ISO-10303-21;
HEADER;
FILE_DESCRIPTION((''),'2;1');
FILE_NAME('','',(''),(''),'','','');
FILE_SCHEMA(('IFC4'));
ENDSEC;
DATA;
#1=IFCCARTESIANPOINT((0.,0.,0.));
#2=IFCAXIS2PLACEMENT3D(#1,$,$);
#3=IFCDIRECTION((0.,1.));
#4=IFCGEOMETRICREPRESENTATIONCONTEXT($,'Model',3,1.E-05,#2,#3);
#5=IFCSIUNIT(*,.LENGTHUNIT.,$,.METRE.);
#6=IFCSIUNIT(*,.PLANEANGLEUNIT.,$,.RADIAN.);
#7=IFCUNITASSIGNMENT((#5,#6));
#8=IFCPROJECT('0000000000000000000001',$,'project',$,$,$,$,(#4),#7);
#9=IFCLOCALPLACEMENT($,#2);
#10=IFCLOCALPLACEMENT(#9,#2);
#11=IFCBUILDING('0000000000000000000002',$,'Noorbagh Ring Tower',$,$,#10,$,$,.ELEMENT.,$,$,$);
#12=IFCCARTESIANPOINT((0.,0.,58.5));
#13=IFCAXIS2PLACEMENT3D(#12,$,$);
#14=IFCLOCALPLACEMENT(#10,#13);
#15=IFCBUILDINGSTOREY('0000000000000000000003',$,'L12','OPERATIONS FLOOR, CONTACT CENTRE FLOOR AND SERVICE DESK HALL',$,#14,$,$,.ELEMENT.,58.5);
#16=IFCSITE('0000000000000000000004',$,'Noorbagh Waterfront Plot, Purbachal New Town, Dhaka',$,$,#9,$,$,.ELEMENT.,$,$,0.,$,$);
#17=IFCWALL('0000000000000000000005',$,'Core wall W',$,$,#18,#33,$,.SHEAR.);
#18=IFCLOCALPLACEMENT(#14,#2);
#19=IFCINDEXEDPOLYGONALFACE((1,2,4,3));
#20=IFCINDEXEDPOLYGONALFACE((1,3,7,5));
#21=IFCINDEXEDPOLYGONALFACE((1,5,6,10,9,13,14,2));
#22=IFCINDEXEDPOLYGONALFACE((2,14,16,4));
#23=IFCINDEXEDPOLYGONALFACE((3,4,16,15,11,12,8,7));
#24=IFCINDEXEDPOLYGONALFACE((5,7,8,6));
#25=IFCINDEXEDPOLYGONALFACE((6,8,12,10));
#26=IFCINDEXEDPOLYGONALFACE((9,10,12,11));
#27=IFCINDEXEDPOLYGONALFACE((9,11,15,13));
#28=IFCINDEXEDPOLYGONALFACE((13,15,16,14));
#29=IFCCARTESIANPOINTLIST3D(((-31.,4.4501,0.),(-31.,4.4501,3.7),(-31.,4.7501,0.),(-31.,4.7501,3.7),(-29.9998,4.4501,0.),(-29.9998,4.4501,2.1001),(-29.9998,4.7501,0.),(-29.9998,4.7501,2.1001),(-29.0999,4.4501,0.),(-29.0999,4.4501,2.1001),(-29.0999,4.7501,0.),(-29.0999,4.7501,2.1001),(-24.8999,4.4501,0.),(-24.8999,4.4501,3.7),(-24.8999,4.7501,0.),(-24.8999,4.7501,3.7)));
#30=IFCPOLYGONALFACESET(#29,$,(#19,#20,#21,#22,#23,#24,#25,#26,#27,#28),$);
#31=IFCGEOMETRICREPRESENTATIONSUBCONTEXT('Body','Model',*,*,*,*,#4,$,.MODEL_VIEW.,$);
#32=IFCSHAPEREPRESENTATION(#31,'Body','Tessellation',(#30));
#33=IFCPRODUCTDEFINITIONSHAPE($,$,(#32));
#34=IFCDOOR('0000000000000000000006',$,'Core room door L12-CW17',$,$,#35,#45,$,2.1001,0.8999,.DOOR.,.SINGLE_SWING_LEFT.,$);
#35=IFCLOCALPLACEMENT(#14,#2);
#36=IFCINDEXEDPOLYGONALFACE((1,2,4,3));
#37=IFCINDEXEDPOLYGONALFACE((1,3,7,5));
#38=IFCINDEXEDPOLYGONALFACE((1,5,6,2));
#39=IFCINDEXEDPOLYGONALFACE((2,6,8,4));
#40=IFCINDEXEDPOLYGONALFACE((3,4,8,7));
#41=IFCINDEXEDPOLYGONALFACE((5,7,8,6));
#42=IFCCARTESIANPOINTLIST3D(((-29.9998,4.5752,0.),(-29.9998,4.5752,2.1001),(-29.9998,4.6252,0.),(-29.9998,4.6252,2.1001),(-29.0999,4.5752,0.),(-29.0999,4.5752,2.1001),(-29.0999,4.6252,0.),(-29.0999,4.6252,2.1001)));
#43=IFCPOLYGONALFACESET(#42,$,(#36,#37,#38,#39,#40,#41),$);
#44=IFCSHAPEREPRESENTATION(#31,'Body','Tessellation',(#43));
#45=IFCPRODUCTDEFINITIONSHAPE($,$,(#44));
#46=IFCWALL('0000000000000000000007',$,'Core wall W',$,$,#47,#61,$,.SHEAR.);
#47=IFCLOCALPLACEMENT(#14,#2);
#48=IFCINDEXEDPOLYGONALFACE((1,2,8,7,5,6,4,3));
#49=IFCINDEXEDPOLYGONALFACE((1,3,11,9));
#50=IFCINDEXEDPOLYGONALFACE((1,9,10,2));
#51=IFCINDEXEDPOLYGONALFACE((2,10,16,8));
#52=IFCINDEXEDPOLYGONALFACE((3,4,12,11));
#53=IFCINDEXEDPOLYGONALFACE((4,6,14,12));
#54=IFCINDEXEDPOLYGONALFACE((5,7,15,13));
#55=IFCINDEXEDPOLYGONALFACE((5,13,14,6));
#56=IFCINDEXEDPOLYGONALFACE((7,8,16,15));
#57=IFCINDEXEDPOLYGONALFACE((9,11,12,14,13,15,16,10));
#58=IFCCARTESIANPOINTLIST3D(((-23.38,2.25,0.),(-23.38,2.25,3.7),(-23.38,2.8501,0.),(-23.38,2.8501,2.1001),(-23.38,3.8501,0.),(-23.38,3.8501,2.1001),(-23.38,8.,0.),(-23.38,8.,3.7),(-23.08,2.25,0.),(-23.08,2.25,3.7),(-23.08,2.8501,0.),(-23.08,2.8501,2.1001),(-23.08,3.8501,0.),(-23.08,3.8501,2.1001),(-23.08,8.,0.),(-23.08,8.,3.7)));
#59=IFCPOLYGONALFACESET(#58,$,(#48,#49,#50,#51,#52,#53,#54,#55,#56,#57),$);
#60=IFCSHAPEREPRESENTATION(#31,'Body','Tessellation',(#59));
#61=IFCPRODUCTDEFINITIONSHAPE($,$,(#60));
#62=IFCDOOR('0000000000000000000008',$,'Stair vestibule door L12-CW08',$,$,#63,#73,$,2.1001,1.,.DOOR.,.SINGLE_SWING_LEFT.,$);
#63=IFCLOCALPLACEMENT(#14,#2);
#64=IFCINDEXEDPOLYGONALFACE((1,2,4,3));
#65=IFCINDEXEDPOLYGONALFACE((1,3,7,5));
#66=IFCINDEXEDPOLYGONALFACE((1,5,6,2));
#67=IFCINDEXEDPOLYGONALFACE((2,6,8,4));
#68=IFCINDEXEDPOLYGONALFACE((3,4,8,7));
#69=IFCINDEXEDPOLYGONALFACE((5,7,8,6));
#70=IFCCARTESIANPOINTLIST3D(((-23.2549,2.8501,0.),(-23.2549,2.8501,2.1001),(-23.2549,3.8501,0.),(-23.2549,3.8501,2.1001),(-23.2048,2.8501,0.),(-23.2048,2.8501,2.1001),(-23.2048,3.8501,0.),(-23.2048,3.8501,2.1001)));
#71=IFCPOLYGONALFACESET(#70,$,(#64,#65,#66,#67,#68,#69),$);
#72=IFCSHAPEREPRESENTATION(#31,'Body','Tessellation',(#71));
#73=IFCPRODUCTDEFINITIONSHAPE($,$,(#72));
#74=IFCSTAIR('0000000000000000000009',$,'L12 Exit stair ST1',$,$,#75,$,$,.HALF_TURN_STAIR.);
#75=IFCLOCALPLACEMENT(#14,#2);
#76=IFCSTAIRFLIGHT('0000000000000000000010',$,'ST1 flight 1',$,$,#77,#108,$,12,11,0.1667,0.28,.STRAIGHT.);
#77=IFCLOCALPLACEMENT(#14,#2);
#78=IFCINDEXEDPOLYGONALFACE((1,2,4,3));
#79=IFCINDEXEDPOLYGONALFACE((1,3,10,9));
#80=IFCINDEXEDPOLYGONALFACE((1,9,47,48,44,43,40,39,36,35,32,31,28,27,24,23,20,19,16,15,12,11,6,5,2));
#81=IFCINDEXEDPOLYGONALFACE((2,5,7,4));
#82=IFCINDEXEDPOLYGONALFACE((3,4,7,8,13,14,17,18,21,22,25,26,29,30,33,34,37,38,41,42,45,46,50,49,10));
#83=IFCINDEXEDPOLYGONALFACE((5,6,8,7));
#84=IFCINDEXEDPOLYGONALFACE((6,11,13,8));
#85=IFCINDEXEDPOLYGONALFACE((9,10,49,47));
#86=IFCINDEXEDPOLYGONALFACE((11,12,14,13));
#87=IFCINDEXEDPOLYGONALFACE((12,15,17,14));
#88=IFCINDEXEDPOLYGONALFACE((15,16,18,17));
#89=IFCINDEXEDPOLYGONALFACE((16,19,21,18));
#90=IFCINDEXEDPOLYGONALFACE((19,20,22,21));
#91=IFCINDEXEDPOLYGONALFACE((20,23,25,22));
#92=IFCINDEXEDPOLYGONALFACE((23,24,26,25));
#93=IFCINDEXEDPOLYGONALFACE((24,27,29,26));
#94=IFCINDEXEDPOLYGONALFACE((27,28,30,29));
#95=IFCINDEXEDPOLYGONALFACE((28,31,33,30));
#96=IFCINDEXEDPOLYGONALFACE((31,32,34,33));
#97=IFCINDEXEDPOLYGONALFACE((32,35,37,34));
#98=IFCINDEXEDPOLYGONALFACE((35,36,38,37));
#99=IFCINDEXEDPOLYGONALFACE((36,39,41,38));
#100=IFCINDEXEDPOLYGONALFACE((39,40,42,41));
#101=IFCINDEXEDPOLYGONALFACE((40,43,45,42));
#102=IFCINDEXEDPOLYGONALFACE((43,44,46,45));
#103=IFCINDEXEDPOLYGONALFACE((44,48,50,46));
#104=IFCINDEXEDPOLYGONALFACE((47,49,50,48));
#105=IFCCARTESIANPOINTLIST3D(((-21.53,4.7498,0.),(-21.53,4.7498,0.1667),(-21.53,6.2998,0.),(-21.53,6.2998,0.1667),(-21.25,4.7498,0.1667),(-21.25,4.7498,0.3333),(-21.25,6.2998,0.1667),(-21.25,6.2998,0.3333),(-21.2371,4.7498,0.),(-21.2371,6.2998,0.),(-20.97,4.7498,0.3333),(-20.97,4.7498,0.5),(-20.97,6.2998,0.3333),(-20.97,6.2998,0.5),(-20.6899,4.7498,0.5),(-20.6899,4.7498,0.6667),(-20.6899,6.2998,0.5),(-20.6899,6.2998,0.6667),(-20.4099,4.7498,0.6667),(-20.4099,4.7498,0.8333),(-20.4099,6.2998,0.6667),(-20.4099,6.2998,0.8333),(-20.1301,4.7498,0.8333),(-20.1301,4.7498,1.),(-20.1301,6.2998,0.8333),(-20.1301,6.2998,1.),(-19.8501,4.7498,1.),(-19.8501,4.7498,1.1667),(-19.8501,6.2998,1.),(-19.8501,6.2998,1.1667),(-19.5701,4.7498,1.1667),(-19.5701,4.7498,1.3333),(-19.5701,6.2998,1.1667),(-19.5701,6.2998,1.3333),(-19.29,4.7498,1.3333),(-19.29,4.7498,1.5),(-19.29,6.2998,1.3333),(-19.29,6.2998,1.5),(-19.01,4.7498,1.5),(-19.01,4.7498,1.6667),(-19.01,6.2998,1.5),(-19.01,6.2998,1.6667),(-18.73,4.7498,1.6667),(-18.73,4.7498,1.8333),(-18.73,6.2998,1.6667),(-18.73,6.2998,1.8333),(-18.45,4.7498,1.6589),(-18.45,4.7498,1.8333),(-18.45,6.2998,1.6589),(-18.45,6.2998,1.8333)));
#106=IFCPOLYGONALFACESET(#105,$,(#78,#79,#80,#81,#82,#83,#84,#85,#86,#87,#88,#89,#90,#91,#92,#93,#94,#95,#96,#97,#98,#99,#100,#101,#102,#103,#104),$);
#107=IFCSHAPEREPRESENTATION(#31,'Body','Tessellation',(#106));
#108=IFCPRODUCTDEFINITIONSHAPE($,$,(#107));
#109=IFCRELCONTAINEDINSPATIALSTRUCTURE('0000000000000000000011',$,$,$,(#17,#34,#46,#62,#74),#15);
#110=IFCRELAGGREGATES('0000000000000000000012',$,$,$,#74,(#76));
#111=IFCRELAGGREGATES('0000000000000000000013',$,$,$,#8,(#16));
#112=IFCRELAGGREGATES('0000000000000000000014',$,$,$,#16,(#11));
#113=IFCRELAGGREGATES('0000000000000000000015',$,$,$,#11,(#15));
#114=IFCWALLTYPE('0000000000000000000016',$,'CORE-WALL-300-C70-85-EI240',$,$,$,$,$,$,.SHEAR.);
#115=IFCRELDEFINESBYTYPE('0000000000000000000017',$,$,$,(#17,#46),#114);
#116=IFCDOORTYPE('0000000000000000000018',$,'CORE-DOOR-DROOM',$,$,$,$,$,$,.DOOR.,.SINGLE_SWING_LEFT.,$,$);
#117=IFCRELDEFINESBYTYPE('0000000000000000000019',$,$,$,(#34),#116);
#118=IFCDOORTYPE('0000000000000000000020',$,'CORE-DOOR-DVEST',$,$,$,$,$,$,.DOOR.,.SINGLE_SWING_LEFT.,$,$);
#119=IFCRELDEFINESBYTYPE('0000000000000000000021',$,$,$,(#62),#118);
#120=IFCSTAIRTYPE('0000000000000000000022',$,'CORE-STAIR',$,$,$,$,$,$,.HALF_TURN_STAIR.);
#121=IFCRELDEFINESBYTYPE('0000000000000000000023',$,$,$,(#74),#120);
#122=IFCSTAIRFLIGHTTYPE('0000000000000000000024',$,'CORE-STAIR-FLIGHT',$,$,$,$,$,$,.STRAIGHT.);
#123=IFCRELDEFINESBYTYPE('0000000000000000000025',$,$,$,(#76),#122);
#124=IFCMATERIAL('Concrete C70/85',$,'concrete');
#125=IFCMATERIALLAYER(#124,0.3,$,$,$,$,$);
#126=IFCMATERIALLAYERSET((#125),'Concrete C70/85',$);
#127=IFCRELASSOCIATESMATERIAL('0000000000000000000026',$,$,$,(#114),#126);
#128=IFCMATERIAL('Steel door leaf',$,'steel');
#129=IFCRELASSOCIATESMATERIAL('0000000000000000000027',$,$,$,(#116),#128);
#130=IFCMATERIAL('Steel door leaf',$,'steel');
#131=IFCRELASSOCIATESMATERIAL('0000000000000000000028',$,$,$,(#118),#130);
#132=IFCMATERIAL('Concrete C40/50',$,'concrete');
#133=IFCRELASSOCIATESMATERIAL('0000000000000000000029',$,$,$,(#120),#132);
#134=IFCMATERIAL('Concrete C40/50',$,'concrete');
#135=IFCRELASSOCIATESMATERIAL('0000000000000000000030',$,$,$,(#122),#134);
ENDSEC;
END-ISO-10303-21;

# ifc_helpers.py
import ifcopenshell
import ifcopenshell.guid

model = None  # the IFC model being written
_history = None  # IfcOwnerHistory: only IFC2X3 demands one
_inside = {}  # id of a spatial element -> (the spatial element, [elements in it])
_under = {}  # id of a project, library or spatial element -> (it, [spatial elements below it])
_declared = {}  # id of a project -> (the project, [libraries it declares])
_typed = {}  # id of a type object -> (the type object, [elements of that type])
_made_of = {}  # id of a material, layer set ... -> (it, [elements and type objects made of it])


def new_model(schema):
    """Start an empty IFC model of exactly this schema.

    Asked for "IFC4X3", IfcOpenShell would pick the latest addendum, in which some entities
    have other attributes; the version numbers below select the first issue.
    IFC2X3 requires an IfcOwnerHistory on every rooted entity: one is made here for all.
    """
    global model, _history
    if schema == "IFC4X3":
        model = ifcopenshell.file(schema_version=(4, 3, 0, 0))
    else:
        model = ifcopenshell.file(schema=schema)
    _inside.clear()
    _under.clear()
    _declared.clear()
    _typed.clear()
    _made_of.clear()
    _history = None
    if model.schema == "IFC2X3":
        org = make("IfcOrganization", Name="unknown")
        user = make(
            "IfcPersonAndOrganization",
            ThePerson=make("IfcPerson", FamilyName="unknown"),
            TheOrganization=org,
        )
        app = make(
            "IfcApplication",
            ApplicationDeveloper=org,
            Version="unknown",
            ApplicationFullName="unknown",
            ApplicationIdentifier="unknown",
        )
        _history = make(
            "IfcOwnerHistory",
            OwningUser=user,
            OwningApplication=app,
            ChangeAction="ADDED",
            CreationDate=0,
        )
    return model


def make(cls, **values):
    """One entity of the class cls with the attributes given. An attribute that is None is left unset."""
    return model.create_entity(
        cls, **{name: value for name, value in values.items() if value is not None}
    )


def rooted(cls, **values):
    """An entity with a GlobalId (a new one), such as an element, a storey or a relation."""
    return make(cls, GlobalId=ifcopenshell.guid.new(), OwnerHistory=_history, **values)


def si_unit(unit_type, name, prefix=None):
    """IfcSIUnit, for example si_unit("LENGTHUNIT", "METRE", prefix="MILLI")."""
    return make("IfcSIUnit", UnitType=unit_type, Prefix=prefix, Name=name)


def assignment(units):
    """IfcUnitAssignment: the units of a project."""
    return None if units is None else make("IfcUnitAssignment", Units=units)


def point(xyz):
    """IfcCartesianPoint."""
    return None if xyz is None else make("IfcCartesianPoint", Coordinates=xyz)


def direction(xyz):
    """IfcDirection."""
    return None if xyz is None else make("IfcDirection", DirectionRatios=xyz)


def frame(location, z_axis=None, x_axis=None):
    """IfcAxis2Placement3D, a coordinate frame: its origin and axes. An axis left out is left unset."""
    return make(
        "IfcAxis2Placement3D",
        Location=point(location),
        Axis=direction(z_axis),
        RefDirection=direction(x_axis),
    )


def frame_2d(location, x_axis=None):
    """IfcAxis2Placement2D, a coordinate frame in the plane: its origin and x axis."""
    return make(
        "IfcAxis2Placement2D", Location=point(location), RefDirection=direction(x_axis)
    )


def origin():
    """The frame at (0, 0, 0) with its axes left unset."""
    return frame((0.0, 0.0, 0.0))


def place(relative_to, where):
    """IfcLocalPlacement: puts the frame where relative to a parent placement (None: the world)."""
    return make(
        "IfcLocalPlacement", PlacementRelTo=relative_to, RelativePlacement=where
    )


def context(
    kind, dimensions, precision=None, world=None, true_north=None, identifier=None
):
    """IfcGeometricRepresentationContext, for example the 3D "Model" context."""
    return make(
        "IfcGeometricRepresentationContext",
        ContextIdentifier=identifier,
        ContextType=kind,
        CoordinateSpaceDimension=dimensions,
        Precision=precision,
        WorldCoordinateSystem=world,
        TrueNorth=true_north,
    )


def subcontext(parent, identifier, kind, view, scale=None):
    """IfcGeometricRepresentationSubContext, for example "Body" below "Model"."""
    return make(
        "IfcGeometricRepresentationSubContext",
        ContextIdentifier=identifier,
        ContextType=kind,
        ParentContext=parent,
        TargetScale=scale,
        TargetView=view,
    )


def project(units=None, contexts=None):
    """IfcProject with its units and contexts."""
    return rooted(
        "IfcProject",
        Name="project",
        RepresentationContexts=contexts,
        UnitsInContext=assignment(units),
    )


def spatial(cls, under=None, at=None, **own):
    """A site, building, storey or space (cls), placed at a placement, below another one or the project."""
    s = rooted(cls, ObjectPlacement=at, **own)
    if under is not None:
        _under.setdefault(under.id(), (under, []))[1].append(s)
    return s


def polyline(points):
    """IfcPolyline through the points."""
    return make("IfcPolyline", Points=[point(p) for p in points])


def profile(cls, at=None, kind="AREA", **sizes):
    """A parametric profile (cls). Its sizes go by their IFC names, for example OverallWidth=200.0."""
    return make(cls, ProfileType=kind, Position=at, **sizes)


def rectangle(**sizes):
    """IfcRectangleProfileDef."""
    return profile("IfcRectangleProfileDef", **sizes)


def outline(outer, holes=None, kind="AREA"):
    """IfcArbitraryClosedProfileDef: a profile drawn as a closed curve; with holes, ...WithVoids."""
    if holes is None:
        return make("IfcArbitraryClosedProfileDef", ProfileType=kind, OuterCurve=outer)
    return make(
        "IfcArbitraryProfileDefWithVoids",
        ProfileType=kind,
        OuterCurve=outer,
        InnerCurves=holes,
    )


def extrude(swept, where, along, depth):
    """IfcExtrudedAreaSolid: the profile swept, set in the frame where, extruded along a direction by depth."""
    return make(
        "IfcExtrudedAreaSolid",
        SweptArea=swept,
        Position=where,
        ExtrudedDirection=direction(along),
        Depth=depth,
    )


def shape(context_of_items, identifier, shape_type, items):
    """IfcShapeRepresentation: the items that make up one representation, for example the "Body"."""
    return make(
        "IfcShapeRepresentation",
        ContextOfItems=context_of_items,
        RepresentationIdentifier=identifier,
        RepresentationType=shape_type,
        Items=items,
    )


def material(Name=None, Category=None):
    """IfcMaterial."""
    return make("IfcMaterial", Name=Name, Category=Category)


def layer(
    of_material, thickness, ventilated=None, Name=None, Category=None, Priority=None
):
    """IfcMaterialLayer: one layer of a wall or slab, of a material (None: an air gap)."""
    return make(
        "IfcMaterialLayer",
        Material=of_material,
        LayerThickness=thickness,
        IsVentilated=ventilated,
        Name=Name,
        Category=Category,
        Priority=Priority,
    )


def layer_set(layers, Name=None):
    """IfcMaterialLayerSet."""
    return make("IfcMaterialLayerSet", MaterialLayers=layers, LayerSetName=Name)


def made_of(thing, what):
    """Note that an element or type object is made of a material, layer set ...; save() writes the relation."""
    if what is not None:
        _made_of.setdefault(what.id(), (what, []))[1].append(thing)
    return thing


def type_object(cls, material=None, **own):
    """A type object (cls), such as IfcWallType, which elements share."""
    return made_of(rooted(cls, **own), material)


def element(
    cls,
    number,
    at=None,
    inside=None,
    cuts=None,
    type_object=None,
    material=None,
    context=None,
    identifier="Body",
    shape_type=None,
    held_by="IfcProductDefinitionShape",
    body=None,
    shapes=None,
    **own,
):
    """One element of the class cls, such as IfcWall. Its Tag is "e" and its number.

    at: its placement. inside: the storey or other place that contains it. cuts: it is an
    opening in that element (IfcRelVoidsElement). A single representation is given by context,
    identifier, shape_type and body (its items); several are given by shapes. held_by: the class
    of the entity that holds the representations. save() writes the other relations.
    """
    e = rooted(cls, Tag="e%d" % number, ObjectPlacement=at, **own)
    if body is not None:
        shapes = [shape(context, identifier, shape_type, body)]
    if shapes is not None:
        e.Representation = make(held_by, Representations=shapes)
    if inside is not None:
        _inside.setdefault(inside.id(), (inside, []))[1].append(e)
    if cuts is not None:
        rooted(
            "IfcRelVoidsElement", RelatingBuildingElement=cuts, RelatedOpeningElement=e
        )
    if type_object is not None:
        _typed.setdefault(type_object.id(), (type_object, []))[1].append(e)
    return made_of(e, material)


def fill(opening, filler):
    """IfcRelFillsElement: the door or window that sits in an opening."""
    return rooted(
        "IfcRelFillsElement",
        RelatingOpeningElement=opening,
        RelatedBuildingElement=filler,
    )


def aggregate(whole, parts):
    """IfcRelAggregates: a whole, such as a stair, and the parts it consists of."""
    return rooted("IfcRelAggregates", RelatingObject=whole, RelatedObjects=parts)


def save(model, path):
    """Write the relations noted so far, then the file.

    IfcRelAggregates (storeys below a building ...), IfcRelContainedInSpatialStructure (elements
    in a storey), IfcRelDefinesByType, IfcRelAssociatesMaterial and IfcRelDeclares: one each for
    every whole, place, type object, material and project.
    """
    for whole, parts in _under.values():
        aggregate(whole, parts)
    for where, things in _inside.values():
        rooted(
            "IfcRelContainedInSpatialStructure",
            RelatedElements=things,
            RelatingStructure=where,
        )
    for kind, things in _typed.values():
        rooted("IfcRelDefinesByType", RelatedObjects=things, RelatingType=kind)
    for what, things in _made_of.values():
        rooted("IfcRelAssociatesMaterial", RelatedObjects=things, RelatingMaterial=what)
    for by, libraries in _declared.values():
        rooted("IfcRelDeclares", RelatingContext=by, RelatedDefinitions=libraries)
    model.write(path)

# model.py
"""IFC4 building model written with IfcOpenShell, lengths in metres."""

from ifc_helpers import new_model, si_unit, direction, frame, frame_2d, origin, place, context, subcontext, project, spatial, polyline, rectangle, outline, extrude, material, layer, layer_set, type_object, element, fill, aggregate, save


model = new_model("IFC4")

# Units and contexts
model_context = context("Model", 3, precision=1e-05, world=origin(), true_north=direction((0.0, 1.0)))
body_context = subcontext(model_context, "Body", "Model", "MODEL_VIEW")
ifc_project = project(units=[si_unit("LENGTHUNIT", "METRE"), si_unit("PLANEANGLEUNIT", "RADIAN")], contexts=[model_context])

# Site, building, storey
site_placement = place(None, origin())
site = spatial("IfcSite", under=ifc_project, at=site_placement, Name="Noorbagh Waterfront Plot, Purbachal New Town, Dhaka", CompositionType="ELEMENT", RefElevation=0.0)
building_placement = place(site_placement, origin())
building = spatial("IfcBuilding", under=site, at=building_placement, Name="Noorbagh Ring Tower", CompositionType="ELEMENT")
storey_placement = place(building_placement, frame((0.0, 0.0, 58.5)))
storey = spatial("IfcBuildingStorey", under=building, at=storey_placement, Name="L12", Description="OPERATIONS FLOOR, CONTACT CENTRE FLOOR AND SERVICE DESK HALL", CompositionType="ELEMENT", Elevation=58.5)

# Walls, openings, doors
ifc_material_1 = material(Name="Concrete C70/85", Category="concrete")
ifc_layer_1 = layer(ifc_material_1, 0.3)
ifc_layer_set_1 = layer_set([ifc_layer_1], Name="Concrete C70/85")
wall_type_1 = type_object("IfcWallType", Name="CORE-WALL-300-C70-85-EI240", PredefinedType="SHEAR", material=ifc_layer_set_1)
wall_1_placement = place(storey_placement, frame((-24.8999, 4.6001, 0.0), z_axis=(0.0, 0.0, 1.0), x_axis=(-1.0, 0.0, 0.0)))
wall_1 = element("IfcWall", 1, at=wall_1_placement, inside=storey, type_object=wall_type_1, Name="Core wall W", PredefinedType="SHEAR", context=body_context, shape_type="SweptSolid", body=[
    extrude(rectangle(XDim=6.1001, YDim=0.3, at=frame_2d((3.05, 0.0))), origin(), (0.0, 0.0, 1.0), 3.7),
])
opening_1_placement = place(wall_1_placement, frame((4.2, 0.0, 0.0)))
opening_1 = element("IfcOpeningElement", 2, at=opening_1_placement, cuts=wall_1, PredefinedType="OPENING", context=body_context, shape_type="SweptSolid", body=[
    extrude(rectangle(XDim=0.8999, YDim=2.1001, at=frame_2d((0.45, 1.05))), frame((0.0, 0.1602, 0.0), z_axis=(0.0, -1.0, 0.0), x_axis=(1.0, 0.0, 0.0)), (0.0, 0.0, 1.0), 0.3201),
])
ifc_material_2 = material(Name="Steel door leaf", Category="steel")
door_type_1 = type_object("IfcDoorType", Name="CORE-DOOR-DROOM", OperationType="SINGLE_SWING_LEFT", PredefinedType="DOOR", material=ifc_material_2)
door_1_placement = place(opening_1_placement, origin())
door_1 = element("IfcDoor", 3, at=door_1_placement, inside=storey, type_object=door_type_1, Name="Core room door L12-CW17", OperationType="SINGLE_SWING_LEFT", OverallHeight=2.1001, OverallWidth=0.8999, PredefinedType="DOOR", context=body_context, shape_type="SweptSolid", body=[
    extrude(rectangle(XDim=0.8999, YDim=2.1001, at=frame_2d((0.45, 1.05))), frame((0.0, 0.0249, 0.0), z_axis=(0.0, -1.0, 0.0), x_axis=(1.0, 0.0, 0.0)), (0.0, 0.0, 1.0), 0.05),
])
fill(opening_1, door_1)
wall_2_placement = place(storey_placement, frame((-23.23, 2.25, 0.0), z_axis=(0.0, 0.0, 1.0), x_axis=(0.0, 1.0, 0.0)))
wall_2 = element("IfcWall", 4, at=wall_2_placement, inside=storey, type_object=wall_type_1, Name="Core wall W", PredefinedType="SHEAR", context=body_context, shape_type="SweptSolid", body=[
    extrude(rectangle(XDim=5.75, YDim=0.3, at=frame_2d((2.875, 0.0))), origin(), (0.0, 0.0, 1.0), 3.7),
])
opening_2_placement = place(wall_2_placement, frame((0.6001, 0.0, 0.0)))
opening_2 = element("IfcOpeningElement", 5, at=opening_2_placement, cuts=wall_2, PredefinedType="OPENING", context=body_context, shape_type="SweptSolid", body=[
    extrude(rectangle(XDim=1.0, YDim=2.1001, at=frame_2d((0.5, 1.05))), frame((0.0, 0.1602, 0.0), z_axis=(0.0, -1.0, 0.0), x_axis=(1.0, 0.0, 0.0)), (0.0, 0.0, 1.0), 0.3201),
])
ifc_material_3 = material(Name="Steel door leaf", Category="steel")
door_type_2 = type_object("IfcDoorType", Name="CORE-DOOR-DVEST", OperationType="SINGLE_SWING_LEFT", PredefinedType="DOOR", material=ifc_material_3)
door_2_placement = place(opening_2_placement, origin())
door_2 = element("IfcDoor", 6, at=door_2_placement, inside=storey, type_object=door_type_2, Name="Stair vestibule door L12-CW08", OperationType="SINGLE_SWING_LEFT", OverallHeight=2.1001, OverallWidth=1.0, PredefinedType="DOOR", context=body_context, shape_type="SweptSolid", body=[
    extrude(rectangle(XDim=1.0, YDim=2.1001, at=frame_2d((0.5, 1.05))), frame((0.0, 0.0249, 0.0), z_axis=(0.0, -1.0, 0.0), x_axis=(1.0, 0.0, 0.0)), (0.0, 0.0, 1.0), 0.05),
])
fill(opening_2, door_2)

# Stair, stair flight
ifc_material_4 = material(Name="Concrete C40/50", Category="concrete")
stair_type = type_object("IfcStairType", Name="CORE-STAIR", PredefinedType="HALF_TURN_STAIR", material=ifc_material_4)
stair_placement = place(storey_placement, origin())
stair = element("IfcStair", 7, at=stair_placement, inside=storey, type_object=stair_type, Name="L12 Exit stair ST1", PredefinedType="HALF_TURN_STAIR")
ifc_material_5 = material(Name="Concrete C40/50", Category="concrete")
stair_flight_type = type_object("IfcStairFlightType", Name="CORE-STAIR-FLIGHT", PredefinedType="STRAIGHT", material=ifc_material_5)
stair_flight_placement = place(storey_placement, frame((-21.53, 5.5249, 0.0), z_axis=(0.0, 0.0, 1.0), x_axis=(1.0, 0.0, 0.0)))
stair_flight = element("IfcStairFlight", 8, at=stair_flight_placement, type_object=stair_flight_type, Name="ST1 flight 1", NumberOfRisers=12, NumberOfTreads=11, PredefinedType="STRAIGHT", RiserHeight=0.1667, TreadLength=0.28, context=body_context, shape_type="SweptSolid", body=[
    extrude(outline(polyline([(0.0, 0.0), (0.0, 0.1667), (0.28, 0.1667), (0.28, 0.3333), (0.5601, 0.3333), (0.5601, 0.5), (0.8401, 0.5), (0.8401, 0.6667), (1.1201, 0.6667), (1.1201, 0.8333), (1.3999, 0.8333), (1.3999, 1.0), (1.6799, 1.0), (1.6799, 1.1667), (1.96, 1.1667), (1.96, 1.3333), (2.24, 1.3333), (2.24, 1.5), (2.52, 1.5), (2.52, 1.6667), (2.8, 1.6667), (2.8, 1.8333), (3.0801, 1.8333), (3.0801, 2.0), (3.0801, 1.6589), (0.293, 0.0), (0.0, 0.0)])), frame((0.0, 0.7749, 0.0), z_axis=(0.0, -1.0, 0.0), x_axis=(1.0, 0.0, 0.0)), (0.0, 0.0, 1.0), 1.55),
])
aggregate(stair, [stair_flight])

save(model, "model.ifc")
